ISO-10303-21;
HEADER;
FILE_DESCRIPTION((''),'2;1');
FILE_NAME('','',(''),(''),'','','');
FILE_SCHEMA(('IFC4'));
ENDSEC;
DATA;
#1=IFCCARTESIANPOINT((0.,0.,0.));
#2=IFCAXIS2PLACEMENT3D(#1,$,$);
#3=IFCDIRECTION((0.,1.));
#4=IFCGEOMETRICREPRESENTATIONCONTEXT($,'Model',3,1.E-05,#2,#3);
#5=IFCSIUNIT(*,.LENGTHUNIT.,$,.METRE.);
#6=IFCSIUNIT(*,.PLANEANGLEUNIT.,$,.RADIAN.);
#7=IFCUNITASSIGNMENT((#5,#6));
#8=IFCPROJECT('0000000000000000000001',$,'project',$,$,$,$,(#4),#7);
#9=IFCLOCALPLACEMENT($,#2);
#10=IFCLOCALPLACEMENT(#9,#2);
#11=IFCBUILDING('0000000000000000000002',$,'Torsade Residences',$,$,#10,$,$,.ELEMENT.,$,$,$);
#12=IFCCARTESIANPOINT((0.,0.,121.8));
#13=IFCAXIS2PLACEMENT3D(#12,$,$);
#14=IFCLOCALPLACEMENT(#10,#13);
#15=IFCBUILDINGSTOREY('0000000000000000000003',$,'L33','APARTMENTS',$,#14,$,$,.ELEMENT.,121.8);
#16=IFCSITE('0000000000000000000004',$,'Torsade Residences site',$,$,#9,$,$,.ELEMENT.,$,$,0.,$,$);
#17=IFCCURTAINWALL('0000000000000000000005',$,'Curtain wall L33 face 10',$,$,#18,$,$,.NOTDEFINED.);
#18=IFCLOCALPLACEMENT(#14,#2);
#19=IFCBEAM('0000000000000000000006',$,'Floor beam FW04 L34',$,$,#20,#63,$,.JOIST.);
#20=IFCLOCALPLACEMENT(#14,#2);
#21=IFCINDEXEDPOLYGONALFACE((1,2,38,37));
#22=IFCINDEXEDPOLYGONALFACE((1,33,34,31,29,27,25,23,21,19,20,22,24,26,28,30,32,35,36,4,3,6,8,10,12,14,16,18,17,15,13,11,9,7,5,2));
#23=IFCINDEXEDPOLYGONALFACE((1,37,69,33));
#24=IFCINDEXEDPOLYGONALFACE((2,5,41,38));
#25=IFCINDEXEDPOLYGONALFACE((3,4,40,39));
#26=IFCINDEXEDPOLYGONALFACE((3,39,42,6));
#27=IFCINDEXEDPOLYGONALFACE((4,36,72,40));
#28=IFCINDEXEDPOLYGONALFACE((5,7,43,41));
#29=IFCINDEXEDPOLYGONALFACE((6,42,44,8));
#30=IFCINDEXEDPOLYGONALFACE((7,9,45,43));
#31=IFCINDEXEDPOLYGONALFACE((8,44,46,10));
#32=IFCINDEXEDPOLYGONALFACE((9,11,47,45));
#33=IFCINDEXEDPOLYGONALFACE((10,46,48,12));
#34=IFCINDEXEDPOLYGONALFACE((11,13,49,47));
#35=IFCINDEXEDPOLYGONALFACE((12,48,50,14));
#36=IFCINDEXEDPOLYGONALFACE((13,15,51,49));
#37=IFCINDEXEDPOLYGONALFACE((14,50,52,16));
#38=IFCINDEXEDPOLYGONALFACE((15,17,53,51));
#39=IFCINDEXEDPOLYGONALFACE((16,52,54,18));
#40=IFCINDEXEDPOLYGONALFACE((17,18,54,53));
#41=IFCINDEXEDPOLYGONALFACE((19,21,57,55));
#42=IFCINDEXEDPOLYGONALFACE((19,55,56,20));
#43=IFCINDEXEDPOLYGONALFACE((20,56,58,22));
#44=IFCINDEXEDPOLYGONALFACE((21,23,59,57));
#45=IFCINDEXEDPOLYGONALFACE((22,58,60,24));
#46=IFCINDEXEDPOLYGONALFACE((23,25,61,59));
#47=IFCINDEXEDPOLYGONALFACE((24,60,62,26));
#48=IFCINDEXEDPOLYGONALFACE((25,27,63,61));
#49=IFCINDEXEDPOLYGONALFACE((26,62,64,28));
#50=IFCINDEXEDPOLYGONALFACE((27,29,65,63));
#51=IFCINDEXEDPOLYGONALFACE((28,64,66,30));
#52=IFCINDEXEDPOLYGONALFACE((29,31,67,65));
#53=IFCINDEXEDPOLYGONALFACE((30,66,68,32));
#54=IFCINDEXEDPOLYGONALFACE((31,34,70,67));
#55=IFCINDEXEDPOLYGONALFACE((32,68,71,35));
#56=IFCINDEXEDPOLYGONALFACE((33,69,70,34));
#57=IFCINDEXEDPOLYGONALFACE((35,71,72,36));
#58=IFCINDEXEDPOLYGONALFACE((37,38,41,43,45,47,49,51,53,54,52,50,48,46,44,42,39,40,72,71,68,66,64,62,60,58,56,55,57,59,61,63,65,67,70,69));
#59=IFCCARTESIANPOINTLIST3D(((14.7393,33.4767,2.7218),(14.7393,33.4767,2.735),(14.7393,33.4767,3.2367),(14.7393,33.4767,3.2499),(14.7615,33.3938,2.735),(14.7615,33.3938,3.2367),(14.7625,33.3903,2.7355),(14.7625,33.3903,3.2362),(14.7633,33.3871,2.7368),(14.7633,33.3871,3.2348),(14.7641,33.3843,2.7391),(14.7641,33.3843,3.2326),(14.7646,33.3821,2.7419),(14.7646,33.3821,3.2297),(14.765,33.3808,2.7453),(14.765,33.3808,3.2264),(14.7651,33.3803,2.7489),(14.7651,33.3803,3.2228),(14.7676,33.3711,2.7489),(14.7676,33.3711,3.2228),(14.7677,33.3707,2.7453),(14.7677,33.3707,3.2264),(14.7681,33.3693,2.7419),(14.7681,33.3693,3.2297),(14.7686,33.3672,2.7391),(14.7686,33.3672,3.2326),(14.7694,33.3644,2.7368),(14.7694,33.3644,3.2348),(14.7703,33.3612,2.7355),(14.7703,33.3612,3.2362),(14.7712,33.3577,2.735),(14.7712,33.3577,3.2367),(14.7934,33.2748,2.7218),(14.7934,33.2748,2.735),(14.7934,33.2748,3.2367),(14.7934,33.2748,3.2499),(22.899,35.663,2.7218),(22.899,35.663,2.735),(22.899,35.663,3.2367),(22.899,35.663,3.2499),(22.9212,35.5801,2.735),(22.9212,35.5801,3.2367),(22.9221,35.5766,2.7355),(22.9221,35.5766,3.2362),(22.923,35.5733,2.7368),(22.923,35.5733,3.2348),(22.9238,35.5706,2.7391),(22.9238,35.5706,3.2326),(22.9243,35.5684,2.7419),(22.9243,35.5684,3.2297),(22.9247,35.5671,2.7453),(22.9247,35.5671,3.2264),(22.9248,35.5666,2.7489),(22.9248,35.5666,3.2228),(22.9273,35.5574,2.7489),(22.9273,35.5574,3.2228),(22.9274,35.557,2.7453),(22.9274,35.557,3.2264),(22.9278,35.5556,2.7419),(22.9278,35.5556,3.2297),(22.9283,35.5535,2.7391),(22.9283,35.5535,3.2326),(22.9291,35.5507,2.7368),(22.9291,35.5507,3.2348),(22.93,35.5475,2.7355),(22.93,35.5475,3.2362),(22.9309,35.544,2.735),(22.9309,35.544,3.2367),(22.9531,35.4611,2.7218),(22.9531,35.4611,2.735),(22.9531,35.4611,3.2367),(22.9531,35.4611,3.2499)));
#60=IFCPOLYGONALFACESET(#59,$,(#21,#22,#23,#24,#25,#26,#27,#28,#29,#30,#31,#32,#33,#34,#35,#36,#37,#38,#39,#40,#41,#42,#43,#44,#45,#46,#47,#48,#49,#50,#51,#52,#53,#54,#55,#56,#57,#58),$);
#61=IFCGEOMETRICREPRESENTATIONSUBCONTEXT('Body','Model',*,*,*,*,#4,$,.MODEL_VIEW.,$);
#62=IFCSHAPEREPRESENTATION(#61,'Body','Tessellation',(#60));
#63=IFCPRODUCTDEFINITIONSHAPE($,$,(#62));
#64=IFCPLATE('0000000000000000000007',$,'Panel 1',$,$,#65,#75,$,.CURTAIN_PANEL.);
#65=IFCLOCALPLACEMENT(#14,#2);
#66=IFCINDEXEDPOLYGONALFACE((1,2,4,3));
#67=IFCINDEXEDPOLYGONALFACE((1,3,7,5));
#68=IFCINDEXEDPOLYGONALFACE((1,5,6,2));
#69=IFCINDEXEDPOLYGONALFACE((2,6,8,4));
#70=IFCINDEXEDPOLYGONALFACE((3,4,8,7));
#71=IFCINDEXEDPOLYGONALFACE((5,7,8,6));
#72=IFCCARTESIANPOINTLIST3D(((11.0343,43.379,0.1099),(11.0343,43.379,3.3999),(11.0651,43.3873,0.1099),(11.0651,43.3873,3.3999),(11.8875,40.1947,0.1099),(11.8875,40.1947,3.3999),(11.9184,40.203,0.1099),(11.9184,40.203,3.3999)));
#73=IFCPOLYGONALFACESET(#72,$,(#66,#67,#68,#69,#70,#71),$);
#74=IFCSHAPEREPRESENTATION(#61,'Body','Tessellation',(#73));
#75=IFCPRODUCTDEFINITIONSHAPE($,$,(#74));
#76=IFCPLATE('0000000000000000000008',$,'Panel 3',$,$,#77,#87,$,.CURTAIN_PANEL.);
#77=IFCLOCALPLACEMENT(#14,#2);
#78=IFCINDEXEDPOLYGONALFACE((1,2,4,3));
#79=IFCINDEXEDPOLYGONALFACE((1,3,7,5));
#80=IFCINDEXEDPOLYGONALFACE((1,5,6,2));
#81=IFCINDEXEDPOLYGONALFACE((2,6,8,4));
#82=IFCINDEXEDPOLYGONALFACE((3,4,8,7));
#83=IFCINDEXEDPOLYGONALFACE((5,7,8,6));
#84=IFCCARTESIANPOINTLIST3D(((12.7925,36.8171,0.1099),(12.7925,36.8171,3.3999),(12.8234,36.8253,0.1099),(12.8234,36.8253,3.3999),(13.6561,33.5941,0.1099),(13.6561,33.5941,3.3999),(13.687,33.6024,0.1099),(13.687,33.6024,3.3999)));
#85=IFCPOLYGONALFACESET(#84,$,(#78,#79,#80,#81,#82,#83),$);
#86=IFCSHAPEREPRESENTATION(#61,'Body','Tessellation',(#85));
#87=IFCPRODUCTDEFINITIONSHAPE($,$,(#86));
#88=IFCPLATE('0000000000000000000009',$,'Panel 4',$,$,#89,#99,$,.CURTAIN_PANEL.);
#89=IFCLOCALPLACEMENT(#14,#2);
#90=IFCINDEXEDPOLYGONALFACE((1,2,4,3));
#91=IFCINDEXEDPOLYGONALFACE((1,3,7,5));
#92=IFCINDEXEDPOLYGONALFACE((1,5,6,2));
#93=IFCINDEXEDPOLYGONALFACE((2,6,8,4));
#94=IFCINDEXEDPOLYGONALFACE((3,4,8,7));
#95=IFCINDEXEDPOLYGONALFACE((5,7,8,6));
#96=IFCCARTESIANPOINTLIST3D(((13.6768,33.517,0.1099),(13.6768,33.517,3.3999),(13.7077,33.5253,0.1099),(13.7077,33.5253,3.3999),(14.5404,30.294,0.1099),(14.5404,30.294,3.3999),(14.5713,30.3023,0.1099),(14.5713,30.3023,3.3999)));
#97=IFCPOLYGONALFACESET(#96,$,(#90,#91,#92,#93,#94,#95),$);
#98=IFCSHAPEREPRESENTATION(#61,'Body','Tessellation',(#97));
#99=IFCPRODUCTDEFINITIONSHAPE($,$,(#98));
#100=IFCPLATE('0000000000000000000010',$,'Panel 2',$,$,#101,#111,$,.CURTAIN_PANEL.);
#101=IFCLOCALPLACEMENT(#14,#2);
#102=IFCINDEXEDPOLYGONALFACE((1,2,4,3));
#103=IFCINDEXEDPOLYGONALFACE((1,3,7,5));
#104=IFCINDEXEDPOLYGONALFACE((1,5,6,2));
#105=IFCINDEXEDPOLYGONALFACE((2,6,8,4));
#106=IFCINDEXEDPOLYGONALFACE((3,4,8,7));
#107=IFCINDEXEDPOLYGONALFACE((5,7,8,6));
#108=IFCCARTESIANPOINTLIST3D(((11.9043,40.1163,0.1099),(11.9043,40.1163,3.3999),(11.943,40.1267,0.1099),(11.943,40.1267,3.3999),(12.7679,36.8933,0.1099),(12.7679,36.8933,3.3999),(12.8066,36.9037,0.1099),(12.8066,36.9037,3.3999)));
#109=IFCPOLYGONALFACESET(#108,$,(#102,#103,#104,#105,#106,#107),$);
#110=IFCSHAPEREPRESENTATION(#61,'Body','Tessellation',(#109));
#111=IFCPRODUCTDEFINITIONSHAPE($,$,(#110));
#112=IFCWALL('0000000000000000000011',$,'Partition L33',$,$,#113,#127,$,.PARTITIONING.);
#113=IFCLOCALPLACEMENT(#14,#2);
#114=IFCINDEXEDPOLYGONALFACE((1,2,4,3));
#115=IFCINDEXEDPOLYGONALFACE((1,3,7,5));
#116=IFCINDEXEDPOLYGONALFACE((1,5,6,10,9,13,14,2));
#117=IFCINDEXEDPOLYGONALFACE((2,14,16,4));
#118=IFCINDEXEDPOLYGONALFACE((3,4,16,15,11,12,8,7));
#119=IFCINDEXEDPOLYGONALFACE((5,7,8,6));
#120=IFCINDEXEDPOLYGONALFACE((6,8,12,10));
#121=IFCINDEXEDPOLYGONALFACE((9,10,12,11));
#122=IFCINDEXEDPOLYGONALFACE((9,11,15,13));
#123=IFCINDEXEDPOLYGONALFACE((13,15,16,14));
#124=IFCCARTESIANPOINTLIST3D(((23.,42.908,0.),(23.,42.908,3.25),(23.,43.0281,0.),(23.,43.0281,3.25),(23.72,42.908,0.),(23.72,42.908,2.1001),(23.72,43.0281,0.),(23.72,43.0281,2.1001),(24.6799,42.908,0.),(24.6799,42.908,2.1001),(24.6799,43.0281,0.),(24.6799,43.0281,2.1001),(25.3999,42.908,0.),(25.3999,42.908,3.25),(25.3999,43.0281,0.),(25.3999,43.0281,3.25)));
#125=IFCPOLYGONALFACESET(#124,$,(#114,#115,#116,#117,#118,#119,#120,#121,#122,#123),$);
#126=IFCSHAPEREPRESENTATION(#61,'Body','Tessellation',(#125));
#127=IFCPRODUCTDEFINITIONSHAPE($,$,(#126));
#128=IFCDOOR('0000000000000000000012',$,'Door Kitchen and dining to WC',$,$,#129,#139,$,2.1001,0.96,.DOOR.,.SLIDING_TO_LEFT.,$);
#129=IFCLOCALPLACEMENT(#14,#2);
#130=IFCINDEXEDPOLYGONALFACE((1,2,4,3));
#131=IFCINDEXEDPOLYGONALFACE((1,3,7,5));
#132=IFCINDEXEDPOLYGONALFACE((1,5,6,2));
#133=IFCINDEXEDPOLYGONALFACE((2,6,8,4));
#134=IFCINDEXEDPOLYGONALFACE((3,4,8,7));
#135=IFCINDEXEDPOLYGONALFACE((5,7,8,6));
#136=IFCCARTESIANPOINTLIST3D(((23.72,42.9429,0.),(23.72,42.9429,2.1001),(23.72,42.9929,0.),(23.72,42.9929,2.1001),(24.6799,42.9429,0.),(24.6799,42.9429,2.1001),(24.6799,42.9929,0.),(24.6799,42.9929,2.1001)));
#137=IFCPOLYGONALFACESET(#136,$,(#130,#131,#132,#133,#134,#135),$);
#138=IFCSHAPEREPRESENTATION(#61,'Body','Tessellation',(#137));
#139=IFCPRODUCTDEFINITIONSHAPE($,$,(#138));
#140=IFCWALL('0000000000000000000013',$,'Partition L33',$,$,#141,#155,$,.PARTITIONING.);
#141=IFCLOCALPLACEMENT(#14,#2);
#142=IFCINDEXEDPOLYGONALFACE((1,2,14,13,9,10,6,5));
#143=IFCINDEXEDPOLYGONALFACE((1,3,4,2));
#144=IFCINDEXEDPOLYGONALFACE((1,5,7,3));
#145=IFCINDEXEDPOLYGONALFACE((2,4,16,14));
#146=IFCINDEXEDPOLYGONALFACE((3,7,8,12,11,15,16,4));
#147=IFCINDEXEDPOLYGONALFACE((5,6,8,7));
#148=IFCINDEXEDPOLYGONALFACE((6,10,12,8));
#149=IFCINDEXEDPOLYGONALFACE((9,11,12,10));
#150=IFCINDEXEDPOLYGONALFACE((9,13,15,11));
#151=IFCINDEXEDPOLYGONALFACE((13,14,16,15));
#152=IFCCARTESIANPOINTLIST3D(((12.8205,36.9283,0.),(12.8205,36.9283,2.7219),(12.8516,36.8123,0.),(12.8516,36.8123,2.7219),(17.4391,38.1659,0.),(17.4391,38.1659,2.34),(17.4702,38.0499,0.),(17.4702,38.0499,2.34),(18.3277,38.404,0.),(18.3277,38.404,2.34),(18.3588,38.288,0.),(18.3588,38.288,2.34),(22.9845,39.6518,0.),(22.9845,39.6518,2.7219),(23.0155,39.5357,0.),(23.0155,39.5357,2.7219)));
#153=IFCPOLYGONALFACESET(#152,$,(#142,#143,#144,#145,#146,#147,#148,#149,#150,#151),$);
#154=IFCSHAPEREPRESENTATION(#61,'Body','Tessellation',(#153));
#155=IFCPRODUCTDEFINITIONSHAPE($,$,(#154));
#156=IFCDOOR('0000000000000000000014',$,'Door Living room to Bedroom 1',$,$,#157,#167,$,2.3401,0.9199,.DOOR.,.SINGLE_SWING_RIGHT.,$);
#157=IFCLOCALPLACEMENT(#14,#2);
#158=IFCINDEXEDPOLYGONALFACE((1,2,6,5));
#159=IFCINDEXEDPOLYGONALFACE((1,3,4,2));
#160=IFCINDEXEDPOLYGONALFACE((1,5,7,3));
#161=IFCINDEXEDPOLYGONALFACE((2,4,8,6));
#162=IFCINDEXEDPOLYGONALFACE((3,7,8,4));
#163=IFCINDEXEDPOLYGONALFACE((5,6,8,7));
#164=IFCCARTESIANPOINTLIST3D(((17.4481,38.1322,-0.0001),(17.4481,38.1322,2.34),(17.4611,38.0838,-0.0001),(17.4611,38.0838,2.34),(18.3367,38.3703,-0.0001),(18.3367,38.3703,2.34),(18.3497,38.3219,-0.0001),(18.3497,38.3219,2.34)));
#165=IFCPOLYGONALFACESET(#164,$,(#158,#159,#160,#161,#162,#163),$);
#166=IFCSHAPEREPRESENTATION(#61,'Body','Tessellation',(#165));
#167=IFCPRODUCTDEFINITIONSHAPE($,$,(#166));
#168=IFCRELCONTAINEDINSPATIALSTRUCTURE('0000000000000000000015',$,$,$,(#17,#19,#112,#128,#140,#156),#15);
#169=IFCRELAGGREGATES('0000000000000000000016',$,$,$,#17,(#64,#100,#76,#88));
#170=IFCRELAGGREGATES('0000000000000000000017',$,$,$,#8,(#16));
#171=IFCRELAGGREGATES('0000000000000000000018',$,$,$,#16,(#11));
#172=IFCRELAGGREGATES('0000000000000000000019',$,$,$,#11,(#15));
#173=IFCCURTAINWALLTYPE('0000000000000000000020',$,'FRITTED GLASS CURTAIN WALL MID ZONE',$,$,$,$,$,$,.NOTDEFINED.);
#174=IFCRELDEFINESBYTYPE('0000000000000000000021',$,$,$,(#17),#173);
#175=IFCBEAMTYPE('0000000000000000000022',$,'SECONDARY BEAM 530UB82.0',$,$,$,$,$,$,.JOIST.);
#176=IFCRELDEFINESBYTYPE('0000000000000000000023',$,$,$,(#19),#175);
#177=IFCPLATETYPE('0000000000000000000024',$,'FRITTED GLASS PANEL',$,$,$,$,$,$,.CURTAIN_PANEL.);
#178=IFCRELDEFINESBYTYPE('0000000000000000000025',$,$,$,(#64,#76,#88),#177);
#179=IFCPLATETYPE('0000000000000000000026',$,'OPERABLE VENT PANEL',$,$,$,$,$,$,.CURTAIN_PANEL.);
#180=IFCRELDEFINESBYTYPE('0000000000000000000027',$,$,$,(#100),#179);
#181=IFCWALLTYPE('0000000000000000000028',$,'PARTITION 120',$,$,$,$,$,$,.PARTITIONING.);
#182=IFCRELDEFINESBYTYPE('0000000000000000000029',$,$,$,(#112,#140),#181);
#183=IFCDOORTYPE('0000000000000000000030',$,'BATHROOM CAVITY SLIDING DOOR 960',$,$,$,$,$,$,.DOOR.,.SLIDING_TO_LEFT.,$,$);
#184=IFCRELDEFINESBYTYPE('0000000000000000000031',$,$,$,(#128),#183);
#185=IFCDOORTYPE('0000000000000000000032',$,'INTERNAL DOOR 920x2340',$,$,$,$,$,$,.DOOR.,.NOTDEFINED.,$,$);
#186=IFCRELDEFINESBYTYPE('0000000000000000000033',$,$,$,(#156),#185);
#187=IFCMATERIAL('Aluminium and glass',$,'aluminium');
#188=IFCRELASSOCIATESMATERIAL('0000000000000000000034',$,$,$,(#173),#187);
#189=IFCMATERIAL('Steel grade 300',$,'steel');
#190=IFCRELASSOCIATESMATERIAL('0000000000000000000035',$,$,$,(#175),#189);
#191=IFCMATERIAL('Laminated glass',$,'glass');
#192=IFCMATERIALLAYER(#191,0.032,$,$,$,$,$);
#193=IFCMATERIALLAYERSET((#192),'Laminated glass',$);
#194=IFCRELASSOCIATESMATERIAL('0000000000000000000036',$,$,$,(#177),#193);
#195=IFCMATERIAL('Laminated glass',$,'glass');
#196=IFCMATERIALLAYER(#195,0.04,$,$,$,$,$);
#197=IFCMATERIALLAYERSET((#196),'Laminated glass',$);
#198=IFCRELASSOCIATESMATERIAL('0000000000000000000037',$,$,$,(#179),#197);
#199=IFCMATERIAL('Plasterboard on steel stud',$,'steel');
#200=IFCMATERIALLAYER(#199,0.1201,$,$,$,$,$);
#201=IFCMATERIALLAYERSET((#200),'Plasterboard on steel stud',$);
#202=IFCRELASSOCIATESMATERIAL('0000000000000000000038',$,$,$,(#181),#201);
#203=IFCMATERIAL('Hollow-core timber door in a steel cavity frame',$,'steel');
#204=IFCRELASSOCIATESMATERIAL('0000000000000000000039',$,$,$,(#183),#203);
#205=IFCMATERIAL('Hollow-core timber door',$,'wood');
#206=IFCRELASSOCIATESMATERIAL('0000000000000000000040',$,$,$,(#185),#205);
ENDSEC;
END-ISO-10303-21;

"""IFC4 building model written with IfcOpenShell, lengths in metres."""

from ifc_helpers import new_model, si_unit, direction, frame, frame_2d, origin, origin_2d, place, context, subcontext, project, spatial, rectangle, i_section, extrude, material, layer, layer_set, material_profile, profile_set, type_object, element, fill, aggregate, save


model = new_model("IFC4")

# Units and contexts
model_context = context("Model", 3, precision=1e-05, world=origin(), true_north=direction((0.0, 1.0)))
body_context = subcontext(model_context, "Body", "Model", "MODEL_VIEW")
ifc_project = project(units=[si_unit("LENGTHUNIT", "METRE"), si_unit("PLANEANGLEUNIT", "RADIAN")], contexts=[model_context])

# Site, building, storey
site_placement = place(None, origin())
site = spatial("IfcSite", under=ifc_project, at=site_placement, Name="Torsade Residences site", CompositionType="ELEMENT", RefElevation=0.0)
building_placement = place(site_placement, origin())
building = spatial("IfcBuilding", under=site, at=building_placement, Name="Torsade Residences", CompositionType="ELEMENT")
storey_placement = place(building_placement, frame((0.0, 0.0, 121.8)))
storey = spatial("IfcBuildingStorey", under=building, at=storey_placement, Name="L33", Description="APARTMENTS", CompositionType="ELEMENT", Elevation=121.8)

# Curtain wall
ifc_material_1 = material(Name="Aluminium and glass", Category="aluminium")
curtain_wall_type = type_object("IfcCurtainWallType", Name="FRITTED GLASS CURTAIN WALL MID ZONE", PredefinedType="NOTDEFINED", material=ifc_material_1)
curtain_wall_placement = place(storey_placement, origin())
curtain_wall = element("IfcCurtainWall", 1, at=curtain_wall_placement, inside=storey, type_object=curtain_wall_type, Name="Curtain wall L33 face 10", PredefinedType="NOTDEFINED")

# Beam
ifc_material_2 = material(Name="Steel grade 300", Category="steel")
ifc_material_profile_1 = material_profile(ifc_material_2, i_section(OverallWidth=0.209, OverallDepth=0.5281, WebThickness=0.0095, FlangeThickness=0.0132, FilletRadius=0.0139, at=origin_2d()), Name="530UB82.0")
ifc_profile_set_1 = profile_set([ifc_material_profile_1], Name="Steel grade 300")
beam_type_1 = type_object("IfcBeamType", Name="SECONDARY BEAM 530UB82.0", PredefinedType="JOIST", material=ifc_profile_set_1)
beam_1_placement = place(storey_placement, frame((14.7664, 33.3757, 2.9858), z_axis=(0.965929, 0.258808, 0.0), x_axis=(-0.258808, 0.965929, 0.0)))
element("IfcBeam", 2, at=beam_1_placement, inside=storey, type_object=beam_type_1, Name="Floor beam FW04 L34", PredefinedType="JOIST", context=body_context, shape_type="SweptSolid", body=[
    extrude(i_section(OverallWidth=0.209, OverallDepth=0.5281, WebThickness=0.0095, FlangeThickness=0.0132, FilletRadius=0.0139, at=origin_2d()), origin(), (0.0, 0.0, 1.0), 8.4475),
])

# Plates
ifc_material_3 = material(Name="Laminated glass", Category="glass")
ifc_layer_1 = layer(ifc_material_3, 0.032)
ifc_layer_set_1 = layer_set([ifc_layer_1], Name="Laminated glass")
plate_type_1 = type_object("IfcPlateType", Name="FRITTED GLASS PANEL", PredefinedType="CURTAIN_PANEL", material=ifc_layer_set_1)
plate_1_placement = place(storey_placement, frame((11.4763, 41.791, 0.1099), z_axis=(0.0, 0.0, 1.0), x_axis=(0.258819, -0.965926, 0.0)))
plate_1 = element("IfcPlate", 3, at=plate_1_placement, type_object=plate_type_1, Name="Panel 1", PredefinedType="CURTAIN_PANEL", context=body_context, shape_type="SweptSolid", body=[
    extrude(rectangle(XDim=3.2966, YDim=0.032, at=origin_2d()), origin(), (0.0, 0.0, 1.0), 3.29),
])
plate_2_placement = place(storey_placement, frame((13.2397, 35.2097, 0.1099), z_axis=(0.0, 0.0, 1.0), x_axis=(0.258819, -0.965926, 0.0)))
plate_2 = element("IfcPlate", 4, at=plate_2_placement, type_object=plate_type_1, Name="Panel 3", PredefinedType="CURTAIN_PANEL", context=body_context, shape_type="SweptSolid", body=[
    extrude(rectangle(XDim=3.3367, YDim=0.032, at=origin_2d()), origin(), (0.0, 0.0, 1.0), 3.29),
])
plate_3_placement = place(storey_placement, frame((14.124, 31.9097, 0.1099), z_axis=(0.0, 0.0, 1.0), x_axis=(0.258819, -0.965926, 0.0)))
plate_3 = element("IfcPlate", 5, at=plate_3_placement, type_object=plate_type_1, Name="Panel 4", PredefinedType="CURTAIN_PANEL", context=body_context, shape_type="SweptSolid", body=[
    extrude(rectangle(XDim=3.3367, YDim=0.032, at=origin_2d()), origin(), (0.0, 0.0, 1.0), 3.29),
])
ifc_material_4 = material(Name="Laminated glass", Category="glass")
ifc_layer_2 = layer(ifc_material_4, 0.04)
ifc_layer_set_2 = layer_set([ifc_layer_2], Name="Laminated glass")
plate_type_2 = type_object("IfcPlateType", Name="OPERABLE VENT PANEL", PredefinedType="CURTAIN_PANEL", material=ifc_layer_set_2)
plate_4_placement = place(storey_placement, frame((12.3555, 38.51, 0.1099), z_axis=(0.0, 0.0, 1.0), x_axis=(0.258819, -0.965926, 0.0)))
plate_4 = element("IfcPlate", 6, at=plate_4_placement, type_object=plate_type_2, Name="Panel 2", PredefinedType="CURTAIN_PANEL", context=body_context, shape_type="SweptSolid", body=[
    extrude(rectangle(XDim=3.3367, YDim=0.04, at=origin_2d()), origin(), (0.0, 0.0, 1.0), 3.29),
])
aggregate(curtain_wall, [plate_1, plate_4, plate_2, plate_3])

# Walls, openings, doors
ifc_material_5 = material(Name="Plasterboard on steel stud", Category="steel")
ifc_layer_3 = layer(ifc_material_5, 0.1201)
ifc_layer_set_3 = layer_set([ifc_layer_3], Name="Plasterboard on steel stud")
wall_type_1 = type_object("IfcWallType", Name="PARTITION 120", PredefinedType="PARTITIONING", material=ifc_layer_set_3)
wall_1_placement = place(storey_placement, frame((23.0, 42.968, 0.0), z_axis=(0.0, 0.0, 1.0), x_axis=(1.0, 0.0, 0.0)))
wall_1 = element("IfcWall", 7, at=wall_1_placement, inside=storey, type_object=wall_type_1, Name="Partition L33", PredefinedType="PARTITIONING", context=body_context, shape_type="SweptSolid", body=[
    extrude(rectangle(XDim=2.3999, YDim=0.1201, at=frame_2d((1.2, 0.0))), origin(), (0.0, 0.0, 1.0), 3.25),
])
opening_1_placement = place(wall_1_placement, frame((0.72, 0.0, 0.0)))
opening_1 = element("IfcOpeningElement", 8, at=opening_1_placement, cuts=wall_1, PredefinedType="OPENING", context=body_context, shape_type="SweptSolid", body=[
    extrude(rectangle(XDim=0.96, YDim=2.1001, at=frame_2d((0.48, 1.05))), frame((0.0, 0.0701, 0.0), z_axis=(0.0, -1.0, 0.0), x_axis=(1.0, 0.0, 0.0)), (0.0, 0.0, 1.0), 0.1401),
])
ifc_material_6 = material(Name="Hollow-core timber door in a steel cavity frame", Category="steel")
door_type_1 = type_object("IfcDoorType", Name="BATHROOM CAVITY SLIDING DOOR 960", OperationType="SLIDING_TO_LEFT", PredefinedType="DOOR", material=ifc_material_6)
door_1_placement = place(opening_1_placement, origin())
door_1 = element("IfcDoor", 9, at=door_1_placement, inside=storey, type_object=door_type_1, Name="Door Kitchen and dining to WC", OperationType="SLIDING_TO_LEFT", OverallHeight=2.1001, OverallWidth=0.96, PredefinedType="DOOR", context=body_context, shape_type="SweptSolid", body=[
    extrude(rectangle(XDim=0.96, YDim=2.1001, at=frame_2d((0.48, 1.05))), frame((0.0, 0.0249, 0.0), z_axis=(0.0, -1.0, 0.0), x_axis=(1.0, 0.0, 0.0)), (0.0, 0.0, 1.0), 0.05),
])
fill(opening_1, door_1)
wall_2_placement = place(storey_placement, frame((23.0, 39.5938, 0.0), z_axis=(0.0, 0.0, 1.0), x_axis=(-0.965926, -0.258819, 0.0)))
wall_2 = element("IfcWall", 10, at=wall_2_placement, inside=storey, type_object=wall_type_1, Name="Partition L33", PredefinedType="PARTITIONING", context=body_context, shape_type="SweptSolid", body=[
    extrude(rectangle(XDim=10.5225, YDim=0.1201, at=frame_2d((5.2612, 0.0))), origin(), (0.0, 0.0, 1.0), 2.7219),
])
opening_2_placement = place(wall_2_placement, frame((4.821, 0.0, 0.0)))
opening_2 = element("IfcOpeningElement", 11, at=opening_2_placement, cuts=wall_2, PredefinedType="OPENING", context=body_context, shape_type="SweptSolid", body=[
    extrude(rectangle(XDim=0.9199, YDim=2.3401, at=frame_2d((0.46, 1.1699))), frame((0.0, 0.0701, 0.0), z_axis=(0.0, -1.0, 0.0), x_axis=(1.0, 0.0, 0.0)), (0.0, 0.0, 1.0), 0.1401),
])
ifc_material_7 = material(Name="Hollow-core timber door", Category="wood")
door_type_2 = type_object("IfcDoorType", Name="INTERNAL DOOR 920x2340", OperationType="NOTDEFINED", PredefinedType="DOOR", material=ifc_material_7)
door_2_placement = place(opening_2_placement, origin())
door_2 = element("IfcDoor", 12, at=door_2_placement, inside=storey, type_object=door_type_2, Name="Door Living room to Bedroom 1", OperationType="SINGLE_SWING_RIGHT", OverallHeight=2.3401, OverallWidth=0.9199, PredefinedType="DOOR", context=body_context, shape_type="SweptSolid", body=[
    extrude(rectangle(XDim=0.9199, YDim=2.3401, at=frame_2d((0.46, 1.1699))), frame((0.0, 0.0249, 0.0), z_axis=(0.0, -1.0, 0.0), x_axis=(1.0, 0.0, 0.0)), (0.0, 0.0, 1.0), 0.05),
])
fill(opening_2, door_2)

save(model, "model.ifc")
